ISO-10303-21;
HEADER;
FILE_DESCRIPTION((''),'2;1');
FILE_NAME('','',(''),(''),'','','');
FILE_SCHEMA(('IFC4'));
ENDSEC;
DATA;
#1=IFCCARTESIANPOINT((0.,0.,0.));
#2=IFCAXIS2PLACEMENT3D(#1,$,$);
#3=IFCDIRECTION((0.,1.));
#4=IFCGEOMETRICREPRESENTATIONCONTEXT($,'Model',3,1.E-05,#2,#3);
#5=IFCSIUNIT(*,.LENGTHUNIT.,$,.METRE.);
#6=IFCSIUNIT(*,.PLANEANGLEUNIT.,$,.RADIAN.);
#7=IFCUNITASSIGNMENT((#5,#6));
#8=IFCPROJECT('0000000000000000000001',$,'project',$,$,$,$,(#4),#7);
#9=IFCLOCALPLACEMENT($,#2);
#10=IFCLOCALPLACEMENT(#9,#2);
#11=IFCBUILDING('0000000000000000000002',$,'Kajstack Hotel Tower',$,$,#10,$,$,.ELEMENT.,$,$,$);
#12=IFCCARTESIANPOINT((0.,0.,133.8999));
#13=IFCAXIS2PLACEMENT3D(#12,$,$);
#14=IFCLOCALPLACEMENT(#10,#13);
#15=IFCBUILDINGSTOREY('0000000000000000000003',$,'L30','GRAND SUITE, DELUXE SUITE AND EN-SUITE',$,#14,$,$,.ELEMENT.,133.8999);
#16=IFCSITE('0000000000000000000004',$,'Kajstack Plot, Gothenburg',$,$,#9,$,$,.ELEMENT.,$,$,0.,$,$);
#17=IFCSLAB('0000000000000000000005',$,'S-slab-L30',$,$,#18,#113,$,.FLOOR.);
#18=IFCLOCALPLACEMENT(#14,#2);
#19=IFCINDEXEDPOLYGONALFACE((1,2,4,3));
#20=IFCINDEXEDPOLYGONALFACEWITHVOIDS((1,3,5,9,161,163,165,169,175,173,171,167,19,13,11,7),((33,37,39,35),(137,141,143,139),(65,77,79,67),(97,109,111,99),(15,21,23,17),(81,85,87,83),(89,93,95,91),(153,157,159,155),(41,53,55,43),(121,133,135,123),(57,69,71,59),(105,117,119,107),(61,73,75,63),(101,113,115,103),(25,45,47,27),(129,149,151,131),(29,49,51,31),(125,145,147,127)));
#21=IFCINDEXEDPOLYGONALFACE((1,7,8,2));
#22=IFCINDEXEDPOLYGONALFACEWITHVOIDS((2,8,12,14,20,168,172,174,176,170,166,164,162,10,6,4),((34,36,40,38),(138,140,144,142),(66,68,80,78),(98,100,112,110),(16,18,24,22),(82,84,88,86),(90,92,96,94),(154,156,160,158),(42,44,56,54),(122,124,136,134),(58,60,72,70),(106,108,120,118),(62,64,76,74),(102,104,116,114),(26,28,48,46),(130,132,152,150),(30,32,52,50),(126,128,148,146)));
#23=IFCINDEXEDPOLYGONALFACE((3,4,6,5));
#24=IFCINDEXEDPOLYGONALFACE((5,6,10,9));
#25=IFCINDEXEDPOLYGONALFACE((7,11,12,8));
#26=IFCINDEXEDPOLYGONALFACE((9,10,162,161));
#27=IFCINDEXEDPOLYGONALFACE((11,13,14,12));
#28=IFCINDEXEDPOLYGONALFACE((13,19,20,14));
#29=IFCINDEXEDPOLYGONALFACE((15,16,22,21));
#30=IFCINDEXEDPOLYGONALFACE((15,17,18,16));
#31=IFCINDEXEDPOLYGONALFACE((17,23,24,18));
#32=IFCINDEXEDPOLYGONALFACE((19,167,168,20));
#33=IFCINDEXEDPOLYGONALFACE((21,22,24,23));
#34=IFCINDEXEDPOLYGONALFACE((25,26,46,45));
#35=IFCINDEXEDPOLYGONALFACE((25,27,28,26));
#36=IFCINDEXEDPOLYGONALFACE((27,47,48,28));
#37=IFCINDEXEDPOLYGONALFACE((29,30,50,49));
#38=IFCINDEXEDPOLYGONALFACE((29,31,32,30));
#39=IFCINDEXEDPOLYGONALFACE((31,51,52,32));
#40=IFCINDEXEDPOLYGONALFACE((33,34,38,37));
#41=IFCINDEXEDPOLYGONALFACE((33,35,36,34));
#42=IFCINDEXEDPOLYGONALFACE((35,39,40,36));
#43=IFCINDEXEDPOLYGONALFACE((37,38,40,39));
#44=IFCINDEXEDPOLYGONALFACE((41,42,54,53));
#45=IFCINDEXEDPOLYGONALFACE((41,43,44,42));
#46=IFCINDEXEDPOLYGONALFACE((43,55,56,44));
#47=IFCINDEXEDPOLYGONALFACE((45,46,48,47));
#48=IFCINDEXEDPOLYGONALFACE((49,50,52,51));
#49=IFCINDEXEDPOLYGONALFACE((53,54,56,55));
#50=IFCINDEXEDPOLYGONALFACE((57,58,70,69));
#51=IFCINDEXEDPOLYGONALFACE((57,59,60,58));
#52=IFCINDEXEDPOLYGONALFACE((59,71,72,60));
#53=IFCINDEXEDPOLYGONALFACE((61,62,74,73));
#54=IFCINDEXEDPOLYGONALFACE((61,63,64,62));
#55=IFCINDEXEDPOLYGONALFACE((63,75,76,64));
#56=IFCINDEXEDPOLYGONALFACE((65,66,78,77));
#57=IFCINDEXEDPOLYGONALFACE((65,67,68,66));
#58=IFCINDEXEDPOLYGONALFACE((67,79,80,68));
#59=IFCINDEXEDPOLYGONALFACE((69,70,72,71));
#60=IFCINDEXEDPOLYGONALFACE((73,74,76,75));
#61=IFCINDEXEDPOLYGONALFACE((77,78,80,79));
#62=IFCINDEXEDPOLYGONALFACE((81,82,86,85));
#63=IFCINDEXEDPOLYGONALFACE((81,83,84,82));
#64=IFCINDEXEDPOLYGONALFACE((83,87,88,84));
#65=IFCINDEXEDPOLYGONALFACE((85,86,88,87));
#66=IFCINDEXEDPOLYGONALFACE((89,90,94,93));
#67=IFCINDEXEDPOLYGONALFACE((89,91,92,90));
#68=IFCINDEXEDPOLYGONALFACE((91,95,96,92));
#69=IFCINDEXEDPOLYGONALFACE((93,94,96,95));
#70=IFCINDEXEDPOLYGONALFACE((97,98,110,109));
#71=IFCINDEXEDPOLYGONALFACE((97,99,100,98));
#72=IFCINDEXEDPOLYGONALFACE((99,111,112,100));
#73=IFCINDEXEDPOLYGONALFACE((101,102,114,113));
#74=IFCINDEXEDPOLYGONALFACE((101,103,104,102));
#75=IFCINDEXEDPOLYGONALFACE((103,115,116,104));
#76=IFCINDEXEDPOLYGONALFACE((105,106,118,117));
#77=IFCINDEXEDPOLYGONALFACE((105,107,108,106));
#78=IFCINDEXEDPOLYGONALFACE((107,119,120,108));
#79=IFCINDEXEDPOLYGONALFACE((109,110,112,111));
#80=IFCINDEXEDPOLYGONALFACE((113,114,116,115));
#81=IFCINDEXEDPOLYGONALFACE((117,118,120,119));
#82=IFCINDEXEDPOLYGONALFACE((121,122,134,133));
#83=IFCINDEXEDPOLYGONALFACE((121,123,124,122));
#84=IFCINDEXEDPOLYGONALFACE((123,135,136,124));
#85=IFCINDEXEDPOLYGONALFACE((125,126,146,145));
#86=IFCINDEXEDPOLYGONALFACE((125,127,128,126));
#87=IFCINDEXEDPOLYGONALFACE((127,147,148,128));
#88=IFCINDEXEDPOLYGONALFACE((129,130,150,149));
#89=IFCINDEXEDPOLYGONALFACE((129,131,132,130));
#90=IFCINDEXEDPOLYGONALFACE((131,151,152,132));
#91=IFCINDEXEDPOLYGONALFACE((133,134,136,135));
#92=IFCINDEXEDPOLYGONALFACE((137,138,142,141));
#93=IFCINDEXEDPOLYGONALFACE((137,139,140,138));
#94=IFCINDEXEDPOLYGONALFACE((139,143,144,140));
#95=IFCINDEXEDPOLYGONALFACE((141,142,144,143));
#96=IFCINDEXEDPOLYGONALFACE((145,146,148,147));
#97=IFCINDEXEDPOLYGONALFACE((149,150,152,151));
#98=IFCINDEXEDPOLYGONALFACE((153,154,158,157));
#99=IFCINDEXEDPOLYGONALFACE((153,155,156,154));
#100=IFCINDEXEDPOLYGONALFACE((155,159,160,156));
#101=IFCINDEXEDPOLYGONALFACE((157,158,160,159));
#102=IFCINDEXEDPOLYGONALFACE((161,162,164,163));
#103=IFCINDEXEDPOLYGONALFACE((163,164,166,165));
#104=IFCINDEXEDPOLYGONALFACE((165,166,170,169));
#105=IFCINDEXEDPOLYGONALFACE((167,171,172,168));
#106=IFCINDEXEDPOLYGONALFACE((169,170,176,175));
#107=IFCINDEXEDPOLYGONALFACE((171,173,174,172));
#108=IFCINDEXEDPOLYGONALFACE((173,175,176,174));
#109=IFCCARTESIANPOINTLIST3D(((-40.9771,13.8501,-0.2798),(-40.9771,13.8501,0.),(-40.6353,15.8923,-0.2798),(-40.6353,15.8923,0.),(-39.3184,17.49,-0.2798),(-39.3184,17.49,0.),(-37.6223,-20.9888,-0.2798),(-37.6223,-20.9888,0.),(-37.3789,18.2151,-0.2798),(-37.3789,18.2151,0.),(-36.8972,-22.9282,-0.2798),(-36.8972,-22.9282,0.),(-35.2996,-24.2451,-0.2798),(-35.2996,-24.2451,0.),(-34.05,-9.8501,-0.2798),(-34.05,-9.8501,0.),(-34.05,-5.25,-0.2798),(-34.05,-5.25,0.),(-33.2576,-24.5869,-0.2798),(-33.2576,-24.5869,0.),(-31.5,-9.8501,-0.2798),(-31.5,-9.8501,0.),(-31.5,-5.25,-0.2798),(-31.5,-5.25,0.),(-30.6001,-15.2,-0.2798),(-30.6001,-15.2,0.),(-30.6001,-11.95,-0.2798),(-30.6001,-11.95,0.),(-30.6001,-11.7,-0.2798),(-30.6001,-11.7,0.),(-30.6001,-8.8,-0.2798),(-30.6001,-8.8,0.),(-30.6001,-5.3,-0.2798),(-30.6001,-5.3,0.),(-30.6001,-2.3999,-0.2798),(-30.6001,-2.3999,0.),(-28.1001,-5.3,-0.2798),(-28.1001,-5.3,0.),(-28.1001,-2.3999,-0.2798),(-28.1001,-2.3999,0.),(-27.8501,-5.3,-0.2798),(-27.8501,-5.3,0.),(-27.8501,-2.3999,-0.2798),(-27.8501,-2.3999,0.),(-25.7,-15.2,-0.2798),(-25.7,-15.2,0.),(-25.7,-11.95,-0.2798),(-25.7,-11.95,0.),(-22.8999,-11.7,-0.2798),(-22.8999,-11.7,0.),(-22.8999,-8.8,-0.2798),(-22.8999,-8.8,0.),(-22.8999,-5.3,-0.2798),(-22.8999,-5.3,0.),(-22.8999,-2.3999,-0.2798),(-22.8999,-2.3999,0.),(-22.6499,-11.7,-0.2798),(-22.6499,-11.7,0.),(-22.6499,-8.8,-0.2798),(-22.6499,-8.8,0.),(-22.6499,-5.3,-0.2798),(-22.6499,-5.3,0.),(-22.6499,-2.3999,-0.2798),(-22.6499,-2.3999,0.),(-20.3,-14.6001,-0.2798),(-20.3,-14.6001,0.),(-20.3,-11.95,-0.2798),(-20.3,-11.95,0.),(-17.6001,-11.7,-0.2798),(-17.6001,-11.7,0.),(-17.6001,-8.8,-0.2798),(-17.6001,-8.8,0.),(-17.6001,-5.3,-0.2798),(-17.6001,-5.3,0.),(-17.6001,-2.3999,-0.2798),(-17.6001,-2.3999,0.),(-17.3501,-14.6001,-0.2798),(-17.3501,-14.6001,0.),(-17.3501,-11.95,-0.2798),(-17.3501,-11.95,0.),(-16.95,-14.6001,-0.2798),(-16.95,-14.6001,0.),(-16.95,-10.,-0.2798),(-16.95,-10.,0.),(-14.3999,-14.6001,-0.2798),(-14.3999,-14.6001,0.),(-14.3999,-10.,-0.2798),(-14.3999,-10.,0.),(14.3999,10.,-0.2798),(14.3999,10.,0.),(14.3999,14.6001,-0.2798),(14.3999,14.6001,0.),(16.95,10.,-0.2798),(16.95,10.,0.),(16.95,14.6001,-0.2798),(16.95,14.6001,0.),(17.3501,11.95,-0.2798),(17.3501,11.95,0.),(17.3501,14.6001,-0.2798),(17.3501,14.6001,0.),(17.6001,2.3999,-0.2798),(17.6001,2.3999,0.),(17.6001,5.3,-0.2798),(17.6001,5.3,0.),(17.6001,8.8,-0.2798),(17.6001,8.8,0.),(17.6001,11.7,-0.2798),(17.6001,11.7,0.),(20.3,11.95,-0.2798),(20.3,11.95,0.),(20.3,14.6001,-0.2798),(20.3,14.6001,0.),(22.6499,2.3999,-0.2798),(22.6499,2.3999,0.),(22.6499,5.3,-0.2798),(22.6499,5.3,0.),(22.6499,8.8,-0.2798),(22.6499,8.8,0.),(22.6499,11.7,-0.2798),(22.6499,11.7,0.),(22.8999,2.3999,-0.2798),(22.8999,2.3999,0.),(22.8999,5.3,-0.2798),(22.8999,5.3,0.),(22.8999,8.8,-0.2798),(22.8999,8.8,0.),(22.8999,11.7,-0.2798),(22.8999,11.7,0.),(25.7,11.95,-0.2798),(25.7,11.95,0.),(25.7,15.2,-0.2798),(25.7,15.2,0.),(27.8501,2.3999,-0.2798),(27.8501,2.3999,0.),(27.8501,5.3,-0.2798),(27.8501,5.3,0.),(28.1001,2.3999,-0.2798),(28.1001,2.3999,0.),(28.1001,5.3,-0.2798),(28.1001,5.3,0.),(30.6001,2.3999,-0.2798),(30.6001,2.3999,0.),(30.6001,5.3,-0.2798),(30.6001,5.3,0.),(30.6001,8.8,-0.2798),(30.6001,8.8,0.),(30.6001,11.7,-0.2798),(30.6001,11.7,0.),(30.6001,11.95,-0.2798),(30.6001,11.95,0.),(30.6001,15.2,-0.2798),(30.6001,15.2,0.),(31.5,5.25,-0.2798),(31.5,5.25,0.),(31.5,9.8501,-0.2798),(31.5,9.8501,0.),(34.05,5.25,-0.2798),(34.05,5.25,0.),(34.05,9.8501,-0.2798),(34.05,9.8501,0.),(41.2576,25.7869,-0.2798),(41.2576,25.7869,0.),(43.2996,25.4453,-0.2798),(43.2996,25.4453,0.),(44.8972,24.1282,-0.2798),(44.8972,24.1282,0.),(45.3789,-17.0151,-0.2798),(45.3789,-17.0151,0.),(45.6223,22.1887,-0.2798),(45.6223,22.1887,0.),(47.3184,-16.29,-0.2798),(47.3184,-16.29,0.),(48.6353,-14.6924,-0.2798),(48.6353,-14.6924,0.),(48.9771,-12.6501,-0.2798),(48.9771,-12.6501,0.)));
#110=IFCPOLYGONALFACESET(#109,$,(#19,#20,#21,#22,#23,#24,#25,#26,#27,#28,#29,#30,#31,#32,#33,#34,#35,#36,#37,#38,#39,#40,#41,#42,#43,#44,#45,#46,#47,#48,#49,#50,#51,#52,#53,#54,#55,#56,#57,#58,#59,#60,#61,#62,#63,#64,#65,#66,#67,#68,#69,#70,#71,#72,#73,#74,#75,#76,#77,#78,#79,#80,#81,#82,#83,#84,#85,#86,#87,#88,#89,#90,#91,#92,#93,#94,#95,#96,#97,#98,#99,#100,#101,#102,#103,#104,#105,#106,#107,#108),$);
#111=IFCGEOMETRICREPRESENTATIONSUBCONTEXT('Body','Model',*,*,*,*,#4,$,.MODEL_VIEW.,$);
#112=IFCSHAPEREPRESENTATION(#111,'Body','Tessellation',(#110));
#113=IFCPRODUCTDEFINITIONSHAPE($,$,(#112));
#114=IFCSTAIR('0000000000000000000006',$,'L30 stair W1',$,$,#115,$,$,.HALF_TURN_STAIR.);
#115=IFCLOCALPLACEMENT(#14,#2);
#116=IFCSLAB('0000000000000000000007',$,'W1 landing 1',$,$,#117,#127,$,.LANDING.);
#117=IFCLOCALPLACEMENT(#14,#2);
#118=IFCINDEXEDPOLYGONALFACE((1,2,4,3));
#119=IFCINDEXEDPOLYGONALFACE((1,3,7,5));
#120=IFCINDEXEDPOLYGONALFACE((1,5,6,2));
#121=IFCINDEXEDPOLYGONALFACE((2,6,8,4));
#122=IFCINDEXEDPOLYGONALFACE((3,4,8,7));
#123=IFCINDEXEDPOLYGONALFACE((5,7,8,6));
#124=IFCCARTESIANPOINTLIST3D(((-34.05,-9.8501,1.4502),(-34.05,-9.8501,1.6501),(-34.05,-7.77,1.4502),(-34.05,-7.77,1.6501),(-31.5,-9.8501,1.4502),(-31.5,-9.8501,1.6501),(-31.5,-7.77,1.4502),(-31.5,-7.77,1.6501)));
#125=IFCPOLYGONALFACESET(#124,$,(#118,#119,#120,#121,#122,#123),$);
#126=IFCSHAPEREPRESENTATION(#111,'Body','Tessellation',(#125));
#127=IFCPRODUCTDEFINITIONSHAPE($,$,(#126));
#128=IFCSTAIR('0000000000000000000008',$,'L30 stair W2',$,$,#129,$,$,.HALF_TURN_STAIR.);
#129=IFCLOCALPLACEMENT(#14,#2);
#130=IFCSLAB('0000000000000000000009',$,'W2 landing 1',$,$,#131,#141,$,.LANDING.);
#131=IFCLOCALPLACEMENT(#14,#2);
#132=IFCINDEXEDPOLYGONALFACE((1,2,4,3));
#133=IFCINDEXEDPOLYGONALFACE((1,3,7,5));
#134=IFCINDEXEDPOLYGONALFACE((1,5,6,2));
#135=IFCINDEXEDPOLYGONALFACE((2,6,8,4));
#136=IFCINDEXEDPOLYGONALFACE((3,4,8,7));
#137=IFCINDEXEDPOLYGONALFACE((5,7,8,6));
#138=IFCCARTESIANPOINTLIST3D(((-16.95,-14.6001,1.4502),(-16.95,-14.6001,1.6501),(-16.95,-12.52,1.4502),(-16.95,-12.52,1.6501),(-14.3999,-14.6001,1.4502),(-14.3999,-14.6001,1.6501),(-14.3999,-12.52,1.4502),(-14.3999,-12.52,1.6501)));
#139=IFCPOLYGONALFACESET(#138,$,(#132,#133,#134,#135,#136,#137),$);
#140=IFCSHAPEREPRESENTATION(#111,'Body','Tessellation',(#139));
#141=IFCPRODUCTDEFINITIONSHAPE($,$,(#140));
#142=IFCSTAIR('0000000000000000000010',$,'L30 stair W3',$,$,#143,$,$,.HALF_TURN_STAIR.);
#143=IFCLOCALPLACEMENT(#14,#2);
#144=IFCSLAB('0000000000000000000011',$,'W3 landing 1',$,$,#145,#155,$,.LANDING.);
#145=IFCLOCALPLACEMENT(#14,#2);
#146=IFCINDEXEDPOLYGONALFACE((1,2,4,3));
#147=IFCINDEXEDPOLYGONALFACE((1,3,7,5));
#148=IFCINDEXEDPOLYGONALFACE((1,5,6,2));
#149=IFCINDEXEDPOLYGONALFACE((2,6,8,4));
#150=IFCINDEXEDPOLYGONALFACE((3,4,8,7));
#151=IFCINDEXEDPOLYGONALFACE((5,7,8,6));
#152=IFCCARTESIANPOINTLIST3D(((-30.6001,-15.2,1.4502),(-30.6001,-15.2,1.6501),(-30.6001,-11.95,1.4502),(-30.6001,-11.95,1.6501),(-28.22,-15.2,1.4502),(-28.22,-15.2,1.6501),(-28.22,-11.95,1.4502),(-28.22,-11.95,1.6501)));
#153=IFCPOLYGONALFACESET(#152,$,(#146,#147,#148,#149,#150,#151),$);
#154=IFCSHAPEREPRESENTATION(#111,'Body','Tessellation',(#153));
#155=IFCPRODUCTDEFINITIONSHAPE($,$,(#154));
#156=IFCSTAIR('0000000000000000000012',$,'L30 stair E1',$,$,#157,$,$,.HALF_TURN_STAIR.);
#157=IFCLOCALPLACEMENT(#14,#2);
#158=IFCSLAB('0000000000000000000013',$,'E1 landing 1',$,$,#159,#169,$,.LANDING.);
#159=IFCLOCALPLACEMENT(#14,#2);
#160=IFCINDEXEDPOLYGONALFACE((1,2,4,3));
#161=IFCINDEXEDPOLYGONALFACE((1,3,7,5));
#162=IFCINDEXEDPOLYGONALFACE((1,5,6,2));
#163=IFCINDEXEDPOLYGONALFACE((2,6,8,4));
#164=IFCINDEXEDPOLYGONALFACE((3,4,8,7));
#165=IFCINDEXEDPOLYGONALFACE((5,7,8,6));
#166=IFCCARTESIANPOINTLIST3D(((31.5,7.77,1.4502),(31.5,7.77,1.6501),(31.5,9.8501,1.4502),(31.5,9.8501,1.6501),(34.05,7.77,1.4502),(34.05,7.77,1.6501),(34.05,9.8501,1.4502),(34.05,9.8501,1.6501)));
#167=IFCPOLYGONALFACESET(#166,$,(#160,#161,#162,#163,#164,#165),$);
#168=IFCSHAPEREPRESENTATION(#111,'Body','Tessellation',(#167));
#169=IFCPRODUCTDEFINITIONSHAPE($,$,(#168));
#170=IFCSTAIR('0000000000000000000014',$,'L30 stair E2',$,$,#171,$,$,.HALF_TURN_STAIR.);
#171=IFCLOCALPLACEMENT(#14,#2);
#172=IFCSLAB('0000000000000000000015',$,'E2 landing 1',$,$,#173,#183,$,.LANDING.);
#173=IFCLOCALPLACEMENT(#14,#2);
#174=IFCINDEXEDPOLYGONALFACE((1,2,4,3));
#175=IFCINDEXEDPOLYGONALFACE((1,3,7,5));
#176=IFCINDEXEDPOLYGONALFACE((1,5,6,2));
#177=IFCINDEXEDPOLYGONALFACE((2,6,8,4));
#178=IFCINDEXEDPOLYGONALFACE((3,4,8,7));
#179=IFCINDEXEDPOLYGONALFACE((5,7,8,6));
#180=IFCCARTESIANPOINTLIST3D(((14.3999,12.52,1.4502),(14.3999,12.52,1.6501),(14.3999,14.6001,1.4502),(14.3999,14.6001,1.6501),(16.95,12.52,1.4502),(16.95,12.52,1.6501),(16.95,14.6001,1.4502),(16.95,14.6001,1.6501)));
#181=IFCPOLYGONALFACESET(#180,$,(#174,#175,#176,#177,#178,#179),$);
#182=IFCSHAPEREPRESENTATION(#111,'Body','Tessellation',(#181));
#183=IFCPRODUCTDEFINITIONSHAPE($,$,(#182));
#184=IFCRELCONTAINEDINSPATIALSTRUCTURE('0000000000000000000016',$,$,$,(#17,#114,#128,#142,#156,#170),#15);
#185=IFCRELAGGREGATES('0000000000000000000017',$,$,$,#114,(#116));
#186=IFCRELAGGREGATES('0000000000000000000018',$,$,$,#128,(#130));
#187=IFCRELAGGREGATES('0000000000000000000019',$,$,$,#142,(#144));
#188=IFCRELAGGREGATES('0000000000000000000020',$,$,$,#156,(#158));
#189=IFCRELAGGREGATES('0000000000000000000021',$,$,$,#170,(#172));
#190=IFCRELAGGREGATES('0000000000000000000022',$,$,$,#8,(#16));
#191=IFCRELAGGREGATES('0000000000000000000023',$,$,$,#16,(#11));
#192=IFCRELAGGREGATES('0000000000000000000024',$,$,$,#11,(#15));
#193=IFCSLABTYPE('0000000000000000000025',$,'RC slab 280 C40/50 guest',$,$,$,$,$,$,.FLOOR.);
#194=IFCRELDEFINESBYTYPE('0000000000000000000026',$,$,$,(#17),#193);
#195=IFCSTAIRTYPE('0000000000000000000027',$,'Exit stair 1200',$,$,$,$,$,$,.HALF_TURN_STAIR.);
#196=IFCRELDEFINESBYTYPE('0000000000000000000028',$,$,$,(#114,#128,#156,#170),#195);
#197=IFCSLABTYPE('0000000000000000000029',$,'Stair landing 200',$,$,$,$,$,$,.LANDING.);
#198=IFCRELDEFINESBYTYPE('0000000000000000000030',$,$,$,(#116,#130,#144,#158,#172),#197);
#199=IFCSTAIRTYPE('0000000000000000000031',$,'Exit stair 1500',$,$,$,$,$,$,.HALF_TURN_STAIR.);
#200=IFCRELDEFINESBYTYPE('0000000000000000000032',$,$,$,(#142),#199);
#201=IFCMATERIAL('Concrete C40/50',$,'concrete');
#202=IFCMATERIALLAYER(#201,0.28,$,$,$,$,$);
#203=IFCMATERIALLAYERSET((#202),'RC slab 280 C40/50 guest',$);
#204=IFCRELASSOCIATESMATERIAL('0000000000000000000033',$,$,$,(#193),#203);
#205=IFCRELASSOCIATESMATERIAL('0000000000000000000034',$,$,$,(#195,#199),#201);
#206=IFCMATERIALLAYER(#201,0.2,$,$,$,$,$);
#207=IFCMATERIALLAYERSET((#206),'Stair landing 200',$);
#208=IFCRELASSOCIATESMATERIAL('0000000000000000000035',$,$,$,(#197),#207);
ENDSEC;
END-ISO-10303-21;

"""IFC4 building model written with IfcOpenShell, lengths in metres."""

from ifc_helpers import new_model, si_unit, direction, frame, origin, place, context, subcontext, project, spatial, polyline, outline, extrude, material, layer, layer_set, type_object, element, aggregate, save


model = new_model("IFC4")

# Units and contexts
model_context = context("Model", 3, precision=1e-05, world=origin(), true_north=direction((0.0, 1.0)))
body_context = subcontext(model_context, "Body", "Model", "MODEL_VIEW")
ifc_project = project(units=[si_unit("LENGTHUNIT", "METRE"), si_unit("PLANEANGLEUNIT", "RADIAN")], contexts=[model_context])

# Site, building, storey
site_placement = place(None, origin())
site = spatial("IfcSite", under=ifc_project, at=site_placement, Name="Kajstack Plot, Gothenburg", CompositionType="ELEMENT", RefElevation=0.0)
building_placement = place(site_placement, origin())
building = spatial("IfcBuilding", under=site, at=building_placement, Name="Kajstack Hotel Tower", CompositionType="ELEMENT")
storey_placement = place(building_placement, frame((0.0, 0.0, 133.8999)))
storey = spatial("IfcBuildingStorey", under=building, at=storey_placement, Name="L30", Description="GRAND SUITE, DELUXE SUITE AND EN-SUITE", CompositionType="ELEMENT", Elevation=133.8999)

# Slab
ifc_material_1 = material(Name="Concrete C40/50", Category="concrete")
ifc_layer_1 = layer(ifc_material_1, 0.28)
ifc_layer_set_1 = layer_set([ifc_layer_1], Name="RC slab 280 C40/50 guest")
slab_type_1 = type_object("IfcSlabType", Name="RC slab 280 C40/50 guest", PredefinedType="FLOOR", material=ifc_layer_set_1)
slab_1_placement = place(storey_placement, frame((0.0, 0.0, -0.2798)))
element("IfcSlab", 1, at=slab_1_placement, inside=storey, type_object=slab_type_1, Name="S-slab-L30", PredefinedType="FLOOR", context=body_context, shape_type="SweptSolid", body=[
    extrude(outline(polyline([(-40.9771, 13.8501), (-37.6223, -20.9888), (-36.8972, -22.9282), (-35.2996, -24.2451), (-33.2576, -24.5869), (45.3789, -17.0151), (47.3184, -16.29), (48.6353, -14.6924), (48.9771, -12.6501), (45.6223, 22.1887), (44.8972, 24.1282), (43.2996, 25.4453), (41.2576, 25.7869), (-37.3789, 18.2151), (-39.3184, 17.49), (-40.6353, 15.8923), (-40.9771, 13.8501)]), holes=[polyline([(-30.6001, -11.7), (-30.6001, -8.8), (-22.8999, -8.8), (-22.8999, -11.7), (-30.6001, -11.7)]), polyline([(-22.6499, -11.7), (-22.6499, -8.8), (-17.6001, -8.8), (-17.6001, -11.7), (-22.6499, -11.7)]), polyline([(-27.8501, -5.3), (-27.8501, -2.3999), (-22.8999, -2.3999), (-22.8999, -5.3), (-27.8501, -5.3)]), polyline([(-22.6499, -5.3), (-22.6499, -2.3999), (-17.6001, -2.3999), (-17.6001, -5.3), (-22.6499, -5.3)]), polyline([(-20.3, -14.6001), (-17.3501, -14.6001), (-17.3501, -11.95), (-20.3, -11.95), (-20.3, -14.6001)]), polyline([(-30.6001, -5.3), (-28.1001, -5.3), (-28.1001, -2.3999), (-30.6001, -2.3999), (-30.6001, -5.3)]), polyline([(22.8999, 8.8), (22.8999, 11.7), (30.6001, 11.7), (30.6001, 8.8), (22.8999, 8.8)]), polyline([(17.6001, 8.8), (17.6001, 11.7), (22.6499, 11.7), (22.6499, 8.8), (17.6001, 8.8)]), polyline([(22.8999, 2.3999), (22.8999, 5.3), (27.8501, 5.3), (27.8501, 2.3999), (22.8999, 2.3999)]), polyline([(17.6001, 2.3999), (17.6001, 5.3), (22.6499, 5.3), (22.6499, 2.3999), (17.6001, 2.3999)]), polyline([(20.3, 14.6001), (17.3501, 14.6001), (17.3501, 11.95), (20.3, 11.95), (20.3, 14.6001)]), polyline([(30.6001, 5.3), (28.1001, 5.3), (28.1001, 2.3999), (30.6001, 2.3999), (30.6001, 5.3)]), polyline([(-34.05, -9.8501), (-31.5, -9.8501), (-31.5, -5.25), (-34.05, -5.25), (-34.05, -9.8501)]), polyline([(-16.95, -14.6001), (-14.3999, -14.6001), (-14.3999, -10.0), (-16.95, -10.0), (-16.95, -14.6001)]), polyline([(-30.6001, -15.2), (-25.7, -15.2), (-25.7, -11.95), (-30.6001, -11.95), (-30.6001, -15.2)]), polyline([(34.05, 9.8501), (31.5, 9.8501), (31.5, 5.25), (34.05, 5.25), (34.05, 9.8501)]), polyline([(16.95, 14.6001), (14.3999, 14.6001), (14.3999, 10.0), (16.95, 10.0), (16.95, 14.6001)]), polyline([(30.6001, 15.2), (25.7, 15.2), (25.7, 11.95), (30.6001, 11.95), (30.6001, 15.2)])]), origin(), (0.0, 0.0, 1.0), 0.2798),
])

# Stairs, slabs
stair_type_1 = type_object("IfcStairType", Name="Exit stair 1200", PredefinedType="HALF_TURN_STAIR", material=ifc_material_1)
stair_1_placement = place(storey_placement, origin())
stair_1 = element("IfcStair", 2, at=stair_1_placement, inside=storey, type_object=stair_type_1, Name="L30 stair W1", PredefinedType="HALF_TURN_STAIR")
ifc_layer_2 = layer(ifc_material_1, 0.2)
ifc_layer_set_2 = layer_set([ifc_layer_2], Name="Stair landing 200")
slab_type_2 = type_object("IfcSlabType", Name="Stair landing 200", PredefinedType="LANDING", material=ifc_layer_set_2)
slab_2_placement = place(storey_placement, frame((0.0, 0.0, 1.4502)))
slab_2 = element("IfcSlab", 3, at=slab_2_placement, type_object=slab_type_2, Name="W1 landing 1", PredefinedType="LANDING", context=body_context, shape_type="SweptSolid", body=[
    extrude(outline(polyline([(-34.05, -7.77), (-34.05, -9.8501), (-31.5, -9.8501), (-31.5, -7.77), (-34.05, -7.77)])), origin(), (0.0, 0.0, 1.0), 0.2),
])
aggregate(stair_1, [slab_2])
stair_2_placement = place(storey_placement, origin())
stair_2 = element("IfcStair", 4, at=stair_2_placement, inside=storey, type_object=stair_type_1, Name="L30 stair W2", PredefinedType="HALF_TURN_STAIR")
slab_3_placement = place(storey_placement, frame((0.0, 0.0, 1.4502)))
slab_3 = element("IfcSlab", 5, at=slab_3_placement, type_object=slab_type_2, Name="W2 landing 1", PredefinedType="LANDING", context=body_context, shape_type="SweptSolid", body=[
    extrude(outline(polyline([(-16.95, -12.52), (-16.95, -14.6001), (-14.3999, -14.6001), (-14.3999, -12.52), (-16.95, -12.52)])), origin(), (0.0, 0.0, 1.0), 0.2),
])
aggregate(stair_2, [slab_3])
stair_type_2 = type_object("IfcStairType", Name="Exit stair 1500", PredefinedType="HALF_TURN_STAIR", material=ifc_material_1)
stair_3_placement = place(storey_placement, origin())
stair_3 = element("IfcStair", 6, at=stair_3_placement, inside=storey, type_object=stair_type_2, Name="L30 stair W3", PredefinedType="HALF_TURN_STAIR")
slab_4_placement = place(storey_placement, frame((0.0, 0.0, 1.4502)))
slab_4 = element("IfcSlab", 7, at=slab_4_placement, type_object=slab_type_2, Name="W3 landing 1", PredefinedType="LANDING", context=body_context, shape_type="SweptSolid", body=[
    extrude(outline(polyline([(-28.22, -11.95), (-30.6001, -11.95), (-30.6001, -15.2), (-28.22, -15.2), (-28.22, -11.95)])), origin(), (0.0, 0.0, 1.0), 0.2),
])
aggregate(stair_3, [slab_4])
stair_4_placement = place(storey_placement, origin())
stair_4 = element("IfcStair", 8, at=stair_4_placement, inside=storey, type_object=stair_type_1, Name="L30 stair E1", PredefinedType="HALF_TURN_STAIR")
slab_5_placement = place(storey_placement, frame((0.0, 0.0, 1.4502)))
slab_5 = element("IfcSlab", 9, at=slab_5_placement, type_object=slab_type_2, Name="E1 landing 1", PredefinedType="LANDING", context=body_context, shape_type="SweptSolid", body=[
    extrude(outline(polyline([(34.05, 7.77), (34.05, 9.8501), (31.5, 9.8501), (31.5, 7.77), (34.05, 7.77)])), origin(), (0.0, 0.0, 1.0), 0.2),
])
aggregate(stair_4, [slab_5])
stair_5_placement = place(storey_placement, origin())
stair_5 = element("IfcStair", 10, at=stair_5_placement, inside=storey, type_object=stair_type_1, Name="L30 stair E2", PredefinedType="HALF_TURN_STAIR")
slab_6_placement = place(storey_placement, frame((0.0, 0.0, 1.4502)))
slab_6 = element("IfcSlab", 11, at=slab_6_placement, type_object=slab_type_2, Name="E2 landing 1", PredefinedType="LANDING", context=body_context, shape_type="SweptSolid", body=[
    extrude(outline(polyline([(16.95, 12.52), (16.95, 14.6001), (14.3999, 14.6001), (14.3999, 12.52), (16.95, 12.52)])), origin(), (0.0, 0.0, 1.0), 0.2),
])
aggregate(stair_5, [slab_6])

save(model, "model.ifc")
